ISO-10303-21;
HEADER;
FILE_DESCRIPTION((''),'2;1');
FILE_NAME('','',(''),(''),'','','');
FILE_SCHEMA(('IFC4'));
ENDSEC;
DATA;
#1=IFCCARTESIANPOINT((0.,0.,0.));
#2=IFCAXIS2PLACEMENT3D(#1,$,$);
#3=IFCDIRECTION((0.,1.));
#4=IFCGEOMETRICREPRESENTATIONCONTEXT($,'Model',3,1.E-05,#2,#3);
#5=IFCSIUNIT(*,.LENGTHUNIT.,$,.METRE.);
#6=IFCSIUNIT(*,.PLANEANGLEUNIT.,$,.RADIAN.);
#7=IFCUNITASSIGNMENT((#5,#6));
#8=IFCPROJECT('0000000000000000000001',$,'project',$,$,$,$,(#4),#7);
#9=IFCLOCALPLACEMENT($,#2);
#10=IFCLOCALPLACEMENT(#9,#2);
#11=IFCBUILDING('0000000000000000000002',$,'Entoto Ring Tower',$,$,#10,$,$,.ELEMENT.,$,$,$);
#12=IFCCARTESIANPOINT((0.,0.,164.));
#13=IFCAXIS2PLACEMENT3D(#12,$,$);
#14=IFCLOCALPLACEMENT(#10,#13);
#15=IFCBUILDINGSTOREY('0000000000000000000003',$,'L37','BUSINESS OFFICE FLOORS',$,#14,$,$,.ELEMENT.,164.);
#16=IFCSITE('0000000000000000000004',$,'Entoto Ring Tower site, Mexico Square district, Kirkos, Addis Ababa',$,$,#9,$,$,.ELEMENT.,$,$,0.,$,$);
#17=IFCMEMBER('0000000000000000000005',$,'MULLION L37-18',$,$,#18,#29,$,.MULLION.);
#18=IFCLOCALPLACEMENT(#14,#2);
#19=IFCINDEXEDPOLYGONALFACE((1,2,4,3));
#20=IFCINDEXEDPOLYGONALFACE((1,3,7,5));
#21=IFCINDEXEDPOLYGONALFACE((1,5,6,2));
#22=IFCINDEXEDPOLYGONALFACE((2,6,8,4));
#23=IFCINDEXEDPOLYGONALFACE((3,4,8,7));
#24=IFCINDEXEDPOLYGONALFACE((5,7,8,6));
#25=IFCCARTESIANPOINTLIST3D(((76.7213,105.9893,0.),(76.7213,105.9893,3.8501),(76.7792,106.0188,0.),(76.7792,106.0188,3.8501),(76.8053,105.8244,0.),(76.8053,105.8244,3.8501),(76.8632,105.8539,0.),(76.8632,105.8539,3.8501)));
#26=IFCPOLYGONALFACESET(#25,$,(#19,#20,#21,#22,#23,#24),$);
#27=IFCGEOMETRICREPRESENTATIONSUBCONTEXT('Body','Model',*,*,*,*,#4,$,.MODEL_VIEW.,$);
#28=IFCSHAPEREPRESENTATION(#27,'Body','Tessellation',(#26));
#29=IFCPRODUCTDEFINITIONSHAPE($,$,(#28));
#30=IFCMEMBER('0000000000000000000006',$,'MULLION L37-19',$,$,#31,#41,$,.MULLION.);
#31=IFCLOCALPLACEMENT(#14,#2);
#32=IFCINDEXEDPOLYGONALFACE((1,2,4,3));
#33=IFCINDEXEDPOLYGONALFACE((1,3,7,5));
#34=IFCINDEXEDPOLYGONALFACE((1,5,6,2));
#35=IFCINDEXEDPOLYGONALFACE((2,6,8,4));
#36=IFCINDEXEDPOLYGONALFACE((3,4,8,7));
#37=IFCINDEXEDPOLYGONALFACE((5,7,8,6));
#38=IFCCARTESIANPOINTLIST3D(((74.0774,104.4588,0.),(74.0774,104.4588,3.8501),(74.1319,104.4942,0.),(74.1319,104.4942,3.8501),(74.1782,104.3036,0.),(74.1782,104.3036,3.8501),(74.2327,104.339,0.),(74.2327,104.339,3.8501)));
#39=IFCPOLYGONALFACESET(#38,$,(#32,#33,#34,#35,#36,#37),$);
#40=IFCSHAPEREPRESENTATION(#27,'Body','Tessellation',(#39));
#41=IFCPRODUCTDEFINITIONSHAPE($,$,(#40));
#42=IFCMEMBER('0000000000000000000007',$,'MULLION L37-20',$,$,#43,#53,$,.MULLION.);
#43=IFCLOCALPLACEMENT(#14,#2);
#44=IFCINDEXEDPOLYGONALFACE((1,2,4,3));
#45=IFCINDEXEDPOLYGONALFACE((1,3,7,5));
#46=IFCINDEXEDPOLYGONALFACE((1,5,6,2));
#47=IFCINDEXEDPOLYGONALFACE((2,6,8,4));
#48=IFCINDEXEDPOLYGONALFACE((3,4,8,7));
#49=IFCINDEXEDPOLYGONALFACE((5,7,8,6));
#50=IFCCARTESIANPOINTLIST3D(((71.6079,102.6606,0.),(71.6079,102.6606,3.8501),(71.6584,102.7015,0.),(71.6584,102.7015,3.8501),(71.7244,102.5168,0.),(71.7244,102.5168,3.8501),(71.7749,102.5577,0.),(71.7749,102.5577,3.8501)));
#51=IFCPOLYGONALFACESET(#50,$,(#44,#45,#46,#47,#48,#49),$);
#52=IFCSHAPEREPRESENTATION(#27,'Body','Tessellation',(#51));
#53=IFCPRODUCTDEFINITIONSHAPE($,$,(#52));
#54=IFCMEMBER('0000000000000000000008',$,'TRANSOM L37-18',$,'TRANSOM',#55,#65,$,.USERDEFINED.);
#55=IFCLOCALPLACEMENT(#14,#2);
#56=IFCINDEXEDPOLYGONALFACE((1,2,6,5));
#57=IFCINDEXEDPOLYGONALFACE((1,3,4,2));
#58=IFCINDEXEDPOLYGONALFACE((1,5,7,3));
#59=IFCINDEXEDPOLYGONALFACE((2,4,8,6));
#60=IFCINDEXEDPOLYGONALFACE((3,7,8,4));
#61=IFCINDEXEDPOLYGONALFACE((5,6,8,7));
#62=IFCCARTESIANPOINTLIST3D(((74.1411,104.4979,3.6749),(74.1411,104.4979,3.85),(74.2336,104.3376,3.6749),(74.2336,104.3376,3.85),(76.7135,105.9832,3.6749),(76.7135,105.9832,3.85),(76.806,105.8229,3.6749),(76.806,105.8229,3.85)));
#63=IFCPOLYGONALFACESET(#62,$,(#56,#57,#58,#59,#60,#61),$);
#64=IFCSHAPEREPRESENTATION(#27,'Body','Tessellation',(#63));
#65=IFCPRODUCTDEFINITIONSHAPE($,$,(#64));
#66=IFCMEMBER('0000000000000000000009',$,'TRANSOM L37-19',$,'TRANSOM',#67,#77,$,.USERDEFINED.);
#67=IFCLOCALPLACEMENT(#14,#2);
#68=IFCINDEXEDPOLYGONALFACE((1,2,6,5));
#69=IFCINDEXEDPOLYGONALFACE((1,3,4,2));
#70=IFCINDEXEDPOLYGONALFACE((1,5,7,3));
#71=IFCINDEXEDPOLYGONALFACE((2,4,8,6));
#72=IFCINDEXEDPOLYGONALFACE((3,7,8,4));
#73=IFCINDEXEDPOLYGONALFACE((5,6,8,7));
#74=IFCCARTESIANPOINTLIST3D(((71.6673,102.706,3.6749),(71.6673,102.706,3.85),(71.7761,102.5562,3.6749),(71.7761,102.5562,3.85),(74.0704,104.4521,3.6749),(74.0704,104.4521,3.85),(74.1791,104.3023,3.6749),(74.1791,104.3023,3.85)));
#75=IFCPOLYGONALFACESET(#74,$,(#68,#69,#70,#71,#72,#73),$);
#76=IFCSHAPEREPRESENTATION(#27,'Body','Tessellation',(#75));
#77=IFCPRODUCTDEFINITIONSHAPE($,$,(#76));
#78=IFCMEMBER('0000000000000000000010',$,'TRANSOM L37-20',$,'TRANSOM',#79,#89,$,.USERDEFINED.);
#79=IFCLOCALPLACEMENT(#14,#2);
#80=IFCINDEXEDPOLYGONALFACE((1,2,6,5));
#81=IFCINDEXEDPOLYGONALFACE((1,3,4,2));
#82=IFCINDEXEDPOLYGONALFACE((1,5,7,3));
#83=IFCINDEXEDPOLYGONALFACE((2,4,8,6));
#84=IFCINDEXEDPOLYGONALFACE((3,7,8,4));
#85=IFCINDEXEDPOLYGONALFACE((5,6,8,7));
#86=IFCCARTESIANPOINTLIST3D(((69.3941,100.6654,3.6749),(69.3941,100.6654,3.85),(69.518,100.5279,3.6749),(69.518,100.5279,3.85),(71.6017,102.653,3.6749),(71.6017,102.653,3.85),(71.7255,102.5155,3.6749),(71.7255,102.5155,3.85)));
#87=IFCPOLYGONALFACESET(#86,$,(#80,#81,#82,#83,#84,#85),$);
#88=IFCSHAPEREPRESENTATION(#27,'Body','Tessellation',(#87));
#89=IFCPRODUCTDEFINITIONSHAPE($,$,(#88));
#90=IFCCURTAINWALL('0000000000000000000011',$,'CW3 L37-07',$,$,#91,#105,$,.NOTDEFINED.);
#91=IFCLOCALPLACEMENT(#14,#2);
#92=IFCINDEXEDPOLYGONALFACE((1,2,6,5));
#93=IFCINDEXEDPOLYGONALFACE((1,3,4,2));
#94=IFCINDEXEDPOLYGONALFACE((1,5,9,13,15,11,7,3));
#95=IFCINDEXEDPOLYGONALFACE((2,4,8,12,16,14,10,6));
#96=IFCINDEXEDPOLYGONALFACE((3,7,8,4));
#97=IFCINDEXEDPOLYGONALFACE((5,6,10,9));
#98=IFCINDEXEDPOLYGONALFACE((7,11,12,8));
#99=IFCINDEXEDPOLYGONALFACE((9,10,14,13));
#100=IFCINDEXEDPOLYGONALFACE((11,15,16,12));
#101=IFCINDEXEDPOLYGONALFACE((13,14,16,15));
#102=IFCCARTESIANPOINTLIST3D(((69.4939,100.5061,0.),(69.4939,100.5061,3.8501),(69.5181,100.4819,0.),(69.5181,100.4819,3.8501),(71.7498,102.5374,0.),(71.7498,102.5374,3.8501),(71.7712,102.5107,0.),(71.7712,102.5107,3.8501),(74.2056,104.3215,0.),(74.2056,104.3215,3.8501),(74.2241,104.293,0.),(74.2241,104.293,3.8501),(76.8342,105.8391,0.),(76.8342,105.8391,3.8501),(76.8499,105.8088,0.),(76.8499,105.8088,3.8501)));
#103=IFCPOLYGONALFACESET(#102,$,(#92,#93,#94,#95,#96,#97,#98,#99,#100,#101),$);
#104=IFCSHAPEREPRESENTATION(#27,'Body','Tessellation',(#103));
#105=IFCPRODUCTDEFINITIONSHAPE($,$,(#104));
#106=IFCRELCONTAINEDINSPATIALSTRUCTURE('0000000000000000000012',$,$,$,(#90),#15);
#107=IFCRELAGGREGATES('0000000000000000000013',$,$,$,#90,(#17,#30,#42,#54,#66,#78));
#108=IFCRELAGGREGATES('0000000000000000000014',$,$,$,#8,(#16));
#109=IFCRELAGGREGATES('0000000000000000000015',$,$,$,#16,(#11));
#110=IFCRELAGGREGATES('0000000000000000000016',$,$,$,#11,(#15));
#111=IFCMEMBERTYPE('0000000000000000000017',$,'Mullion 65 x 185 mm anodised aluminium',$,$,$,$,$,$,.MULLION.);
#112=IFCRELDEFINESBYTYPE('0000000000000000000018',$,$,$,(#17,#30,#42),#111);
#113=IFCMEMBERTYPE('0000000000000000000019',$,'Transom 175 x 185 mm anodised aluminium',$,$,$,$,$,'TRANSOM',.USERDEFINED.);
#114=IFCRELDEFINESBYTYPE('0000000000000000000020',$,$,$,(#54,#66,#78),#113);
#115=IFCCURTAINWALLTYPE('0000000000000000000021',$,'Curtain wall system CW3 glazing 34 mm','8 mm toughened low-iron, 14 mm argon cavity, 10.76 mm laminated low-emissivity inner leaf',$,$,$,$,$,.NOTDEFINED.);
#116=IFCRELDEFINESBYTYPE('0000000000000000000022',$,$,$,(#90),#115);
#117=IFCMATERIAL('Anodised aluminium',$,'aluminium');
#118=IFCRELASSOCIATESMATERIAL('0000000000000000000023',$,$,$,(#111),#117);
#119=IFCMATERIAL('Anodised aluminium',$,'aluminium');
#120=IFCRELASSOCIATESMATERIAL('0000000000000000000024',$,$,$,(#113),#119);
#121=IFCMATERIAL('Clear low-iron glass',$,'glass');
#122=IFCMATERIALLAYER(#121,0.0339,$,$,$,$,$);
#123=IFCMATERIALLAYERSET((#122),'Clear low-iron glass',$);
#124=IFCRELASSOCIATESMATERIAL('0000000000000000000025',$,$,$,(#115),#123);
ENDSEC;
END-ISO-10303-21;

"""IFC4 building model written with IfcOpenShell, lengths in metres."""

from ifc_helpers import new_model, si_unit, direction, frame, origin, origin_2d, place, context, subcontext, project, spatial, polyline, rectangle, outline, extrude, material, layer, layer_set, material_profile, profile_set, type_object, element, aggregate, save


model = new_model("IFC4")

# Units and contexts
model_context = context("Model", 3, precision=1e-05, world=origin(), true_north=direction((0.0, 1.0)))
body_context = subcontext(model_context, "Body", "Model", "MODEL_VIEW")
ifc_project = project(units=[si_unit("LENGTHUNIT", "METRE"), si_unit("PLANEANGLEUNIT", "RADIAN")], contexts=[model_context])

# Members
ifc_material_1 = material(Name="Anodised aluminium", Category="aluminium")
ifc_material_profile_1 = material_profile(ifc_material_1, rectangle(XDim=0.0649, YDim=0.1851, at=origin_2d()), Name="Mullion 65 x 185 mm anodised aluminium")
ifc_profile_set_1 = profile_set([ifc_material_profile_1], Name="Anodised aluminium")
member_type_1 = type_object("IfcMemberType", Name="Mullion 65 x 185 mm anodised aluminium", PredefinedType="MULLION", material=ifc_profile_set_1)
site_placement = place(None, origin())
building_placement = place(site_placement, origin())
storey_placement = place(building_placement, frame((0.0, 0.0, 164.0)))
member_1_placement = place(storey_placement, frame((76.7922, 105.9216, 0.0), z_axis=(0.0, 0.0, 1.0), x_axis=(-0.891007, -0.45399, 0.0)))
member_1 = element("IfcMember", 1, at=member_1_placement, type_object=member_type_1, Name="MULLION L37-18", PredefinedType="MULLION", context=body_context, shape_type="SweptSolid", body=[
    extrude(rectangle(XDim=0.0649, YDim=0.1851, at=origin_2d()), origin(), (0.0, 0.0, 1.0), 3.8501),
])
member_2_placement = place(storey_placement, frame((74.155, 104.3989, 0.0), z_axis=(0.0, 0.0, 1.0), x_axis=(-0.838671, -0.544639, 0.0)))
member_2 = element("IfcMember", 2, at=member_2_placement, type_object=member_type_1, Name="MULLION L37-19", PredefinedType="MULLION", context=body_context, shape_type="SweptSolid", body=[
    extrude(rectangle(XDim=0.0649, YDim=0.1851, at=origin_2d()), origin(), (0.0, 0.0, 1.0), 3.8501),
])
member_3_placement = place(storey_placement, frame((71.6914, 102.6091, 0.0), z_axis=(0.0, 0.0, 1.0), x_axis=(-0.777146, -0.62932, 0.0)))
member_3 = element("IfcMember", 3, at=member_3_placement, type_object=member_type_1, Name="MULLION L37-20", PredefinedType="MULLION", context=body_context, shape_type="SweptSolid", body=[
    extrude(rectangle(XDim=0.0649, YDim=0.1851, at=origin_2d()), origin(), (0.0, 0.0, 1.0), 3.8501),
])
ifc_material_2 = material(Name="Anodised aluminium", Category="aluminium")
ifc_material_profile_2 = material_profile(ifc_material_2, rectangle(XDim=0.1851, YDim=0.175, at=origin_2d()), Name="Transom 175 x 185 mm anodised aluminium")
ifc_profile_set_2 = profile_set([ifc_material_profile_2], Name="Anodised aluminium")
member_type_2 = type_object("IfcMemberType", Name="Transom 175 x 185 mm anodised aluminium", ElementType="TRANSOM", PredefinedType="USERDEFINED", material=ifc_profile_set_2)
member_4_placement = place(storey_placement, frame((76.7598, 105.9031, 3.7625), z_axis=(-0.866009, -0.500028, 0.0), x_axis=(0.500028, -0.866009, 0.0)))
member_4 = element("IfcMember", 4, at=member_4_placement, type_object=member_type_2, Name="TRANSOM L37-18", ObjectType="TRANSOM", PredefinedType="USERDEFINED", context=body_context, shape_type="SweptSolid", body=[
    extrude(rectangle(XDim=0.1851, YDim=0.175, at=origin_2d()), origin(), (0.0, 0.0, 1.0), 2.9705),
])
member_5_placement = place(storey_placement, frame((74.1248, 104.3772, 3.7625), z_axis=(-0.808992, -0.58782, 0.0), x_axis=(0.58782, -0.808992, 0.0)))
member_5 = element("IfcMember", 5, at=member_5_placement, type_object=member_type_2, Name="TRANSOM L37-19", ObjectType="TRANSOM", PredefinedType="USERDEFINED", context=body_context, shape_type="SweptSolid", body=[
    extrude(rectangle(XDim=0.1851, YDim=0.175, at=origin_2d()), origin(), (0.0, 0.0, 1.0), 2.9705),
])
member_6_placement = place(storey_placement, frame((71.6636, 102.5842, 3.7625), z_axis=(-0.743163, -0.66911, 0.0), x_axis=(0.66911, -0.743163, 0.0)))
member_6 = element("IfcMember", 6, at=member_6_placement, type_object=member_type_2, Name="TRANSOM L37-20", ObjectType="TRANSOM", PredefinedType="USERDEFINED", context=body_context, shape_type="SweptSolid", body=[
    extrude(rectangle(XDim=0.1851, YDim=0.175, at=origin_2d()), origin(), (0.0, 0.0, 1.0), 2.9705),
])

# Site, building, storey
site = spatial("IfcSite", under=ifc_project, at=site_placement, Name="Entoto Ring Tower site, Mexico Square district, Kirkos, Addis Ababa", CompositionType="ELEMENT", RefElevation=0.0)
building = spatial("IfcBuilding", under=site, at=building_placement, Name="Entoto Ring Tower", CompositionType="ELEMENT")
storey = spatial("IfcBuildingStorey", under=building, at=storey_placement, Name="L37", Description="BUSINESS OFFICE FLOORS", CompositionType="ELEMENT", Elevation=164.0)

# Curtain wall
ifc_material_3 = material(Name="Clear low-iron glass", Category="glass")
ifc_layer = layer(ifc_material_3, 0.0339)
ifc_layer_set = layer_set([ifc_layer], Name="Clear low-iron glass")
curtain_wall_type = type_object("IfcCurtainWallType", Name="Curtain wall system CW3 glazing 34 mm", Description="8 mm toughened low-iron, 14 mm argon cavity, 10.76 mm laminated low-emissivity inner leaf", PredefinedType="NOTDEFINED", material=ifc_layer_set)
curtain_wall_1_placement = place(storey_placement, origin())
curtain_wall_1 = element("IfcCurtainWall", 7, at=curtain_wall_1_placement, inside=storey, type_object=curtain_wall_type, Name="CW3 L37-07", PredefinedType="NOTDEFINED", context=body_context, shape_type="SweptSolid", body=[
    extrude(outline(polyline([(76.8342, 105.8391), (74.2056, 104.3215), (71.7498, 102.5374), (69.4939, 100.5061), (69.5181, 100.4819), (71.7712, 102.5107), (74.2241, 104.293), (76.8499, 105.8088), (76.8342, 105.8391)])), origin(), (0.0, 0.0, 1.0), 3.8501),
])
aggregate(curtain_wall_1, [member_1, member_2, member_3, member_4, member_5, member_6])

save(model, "model.ifc")
